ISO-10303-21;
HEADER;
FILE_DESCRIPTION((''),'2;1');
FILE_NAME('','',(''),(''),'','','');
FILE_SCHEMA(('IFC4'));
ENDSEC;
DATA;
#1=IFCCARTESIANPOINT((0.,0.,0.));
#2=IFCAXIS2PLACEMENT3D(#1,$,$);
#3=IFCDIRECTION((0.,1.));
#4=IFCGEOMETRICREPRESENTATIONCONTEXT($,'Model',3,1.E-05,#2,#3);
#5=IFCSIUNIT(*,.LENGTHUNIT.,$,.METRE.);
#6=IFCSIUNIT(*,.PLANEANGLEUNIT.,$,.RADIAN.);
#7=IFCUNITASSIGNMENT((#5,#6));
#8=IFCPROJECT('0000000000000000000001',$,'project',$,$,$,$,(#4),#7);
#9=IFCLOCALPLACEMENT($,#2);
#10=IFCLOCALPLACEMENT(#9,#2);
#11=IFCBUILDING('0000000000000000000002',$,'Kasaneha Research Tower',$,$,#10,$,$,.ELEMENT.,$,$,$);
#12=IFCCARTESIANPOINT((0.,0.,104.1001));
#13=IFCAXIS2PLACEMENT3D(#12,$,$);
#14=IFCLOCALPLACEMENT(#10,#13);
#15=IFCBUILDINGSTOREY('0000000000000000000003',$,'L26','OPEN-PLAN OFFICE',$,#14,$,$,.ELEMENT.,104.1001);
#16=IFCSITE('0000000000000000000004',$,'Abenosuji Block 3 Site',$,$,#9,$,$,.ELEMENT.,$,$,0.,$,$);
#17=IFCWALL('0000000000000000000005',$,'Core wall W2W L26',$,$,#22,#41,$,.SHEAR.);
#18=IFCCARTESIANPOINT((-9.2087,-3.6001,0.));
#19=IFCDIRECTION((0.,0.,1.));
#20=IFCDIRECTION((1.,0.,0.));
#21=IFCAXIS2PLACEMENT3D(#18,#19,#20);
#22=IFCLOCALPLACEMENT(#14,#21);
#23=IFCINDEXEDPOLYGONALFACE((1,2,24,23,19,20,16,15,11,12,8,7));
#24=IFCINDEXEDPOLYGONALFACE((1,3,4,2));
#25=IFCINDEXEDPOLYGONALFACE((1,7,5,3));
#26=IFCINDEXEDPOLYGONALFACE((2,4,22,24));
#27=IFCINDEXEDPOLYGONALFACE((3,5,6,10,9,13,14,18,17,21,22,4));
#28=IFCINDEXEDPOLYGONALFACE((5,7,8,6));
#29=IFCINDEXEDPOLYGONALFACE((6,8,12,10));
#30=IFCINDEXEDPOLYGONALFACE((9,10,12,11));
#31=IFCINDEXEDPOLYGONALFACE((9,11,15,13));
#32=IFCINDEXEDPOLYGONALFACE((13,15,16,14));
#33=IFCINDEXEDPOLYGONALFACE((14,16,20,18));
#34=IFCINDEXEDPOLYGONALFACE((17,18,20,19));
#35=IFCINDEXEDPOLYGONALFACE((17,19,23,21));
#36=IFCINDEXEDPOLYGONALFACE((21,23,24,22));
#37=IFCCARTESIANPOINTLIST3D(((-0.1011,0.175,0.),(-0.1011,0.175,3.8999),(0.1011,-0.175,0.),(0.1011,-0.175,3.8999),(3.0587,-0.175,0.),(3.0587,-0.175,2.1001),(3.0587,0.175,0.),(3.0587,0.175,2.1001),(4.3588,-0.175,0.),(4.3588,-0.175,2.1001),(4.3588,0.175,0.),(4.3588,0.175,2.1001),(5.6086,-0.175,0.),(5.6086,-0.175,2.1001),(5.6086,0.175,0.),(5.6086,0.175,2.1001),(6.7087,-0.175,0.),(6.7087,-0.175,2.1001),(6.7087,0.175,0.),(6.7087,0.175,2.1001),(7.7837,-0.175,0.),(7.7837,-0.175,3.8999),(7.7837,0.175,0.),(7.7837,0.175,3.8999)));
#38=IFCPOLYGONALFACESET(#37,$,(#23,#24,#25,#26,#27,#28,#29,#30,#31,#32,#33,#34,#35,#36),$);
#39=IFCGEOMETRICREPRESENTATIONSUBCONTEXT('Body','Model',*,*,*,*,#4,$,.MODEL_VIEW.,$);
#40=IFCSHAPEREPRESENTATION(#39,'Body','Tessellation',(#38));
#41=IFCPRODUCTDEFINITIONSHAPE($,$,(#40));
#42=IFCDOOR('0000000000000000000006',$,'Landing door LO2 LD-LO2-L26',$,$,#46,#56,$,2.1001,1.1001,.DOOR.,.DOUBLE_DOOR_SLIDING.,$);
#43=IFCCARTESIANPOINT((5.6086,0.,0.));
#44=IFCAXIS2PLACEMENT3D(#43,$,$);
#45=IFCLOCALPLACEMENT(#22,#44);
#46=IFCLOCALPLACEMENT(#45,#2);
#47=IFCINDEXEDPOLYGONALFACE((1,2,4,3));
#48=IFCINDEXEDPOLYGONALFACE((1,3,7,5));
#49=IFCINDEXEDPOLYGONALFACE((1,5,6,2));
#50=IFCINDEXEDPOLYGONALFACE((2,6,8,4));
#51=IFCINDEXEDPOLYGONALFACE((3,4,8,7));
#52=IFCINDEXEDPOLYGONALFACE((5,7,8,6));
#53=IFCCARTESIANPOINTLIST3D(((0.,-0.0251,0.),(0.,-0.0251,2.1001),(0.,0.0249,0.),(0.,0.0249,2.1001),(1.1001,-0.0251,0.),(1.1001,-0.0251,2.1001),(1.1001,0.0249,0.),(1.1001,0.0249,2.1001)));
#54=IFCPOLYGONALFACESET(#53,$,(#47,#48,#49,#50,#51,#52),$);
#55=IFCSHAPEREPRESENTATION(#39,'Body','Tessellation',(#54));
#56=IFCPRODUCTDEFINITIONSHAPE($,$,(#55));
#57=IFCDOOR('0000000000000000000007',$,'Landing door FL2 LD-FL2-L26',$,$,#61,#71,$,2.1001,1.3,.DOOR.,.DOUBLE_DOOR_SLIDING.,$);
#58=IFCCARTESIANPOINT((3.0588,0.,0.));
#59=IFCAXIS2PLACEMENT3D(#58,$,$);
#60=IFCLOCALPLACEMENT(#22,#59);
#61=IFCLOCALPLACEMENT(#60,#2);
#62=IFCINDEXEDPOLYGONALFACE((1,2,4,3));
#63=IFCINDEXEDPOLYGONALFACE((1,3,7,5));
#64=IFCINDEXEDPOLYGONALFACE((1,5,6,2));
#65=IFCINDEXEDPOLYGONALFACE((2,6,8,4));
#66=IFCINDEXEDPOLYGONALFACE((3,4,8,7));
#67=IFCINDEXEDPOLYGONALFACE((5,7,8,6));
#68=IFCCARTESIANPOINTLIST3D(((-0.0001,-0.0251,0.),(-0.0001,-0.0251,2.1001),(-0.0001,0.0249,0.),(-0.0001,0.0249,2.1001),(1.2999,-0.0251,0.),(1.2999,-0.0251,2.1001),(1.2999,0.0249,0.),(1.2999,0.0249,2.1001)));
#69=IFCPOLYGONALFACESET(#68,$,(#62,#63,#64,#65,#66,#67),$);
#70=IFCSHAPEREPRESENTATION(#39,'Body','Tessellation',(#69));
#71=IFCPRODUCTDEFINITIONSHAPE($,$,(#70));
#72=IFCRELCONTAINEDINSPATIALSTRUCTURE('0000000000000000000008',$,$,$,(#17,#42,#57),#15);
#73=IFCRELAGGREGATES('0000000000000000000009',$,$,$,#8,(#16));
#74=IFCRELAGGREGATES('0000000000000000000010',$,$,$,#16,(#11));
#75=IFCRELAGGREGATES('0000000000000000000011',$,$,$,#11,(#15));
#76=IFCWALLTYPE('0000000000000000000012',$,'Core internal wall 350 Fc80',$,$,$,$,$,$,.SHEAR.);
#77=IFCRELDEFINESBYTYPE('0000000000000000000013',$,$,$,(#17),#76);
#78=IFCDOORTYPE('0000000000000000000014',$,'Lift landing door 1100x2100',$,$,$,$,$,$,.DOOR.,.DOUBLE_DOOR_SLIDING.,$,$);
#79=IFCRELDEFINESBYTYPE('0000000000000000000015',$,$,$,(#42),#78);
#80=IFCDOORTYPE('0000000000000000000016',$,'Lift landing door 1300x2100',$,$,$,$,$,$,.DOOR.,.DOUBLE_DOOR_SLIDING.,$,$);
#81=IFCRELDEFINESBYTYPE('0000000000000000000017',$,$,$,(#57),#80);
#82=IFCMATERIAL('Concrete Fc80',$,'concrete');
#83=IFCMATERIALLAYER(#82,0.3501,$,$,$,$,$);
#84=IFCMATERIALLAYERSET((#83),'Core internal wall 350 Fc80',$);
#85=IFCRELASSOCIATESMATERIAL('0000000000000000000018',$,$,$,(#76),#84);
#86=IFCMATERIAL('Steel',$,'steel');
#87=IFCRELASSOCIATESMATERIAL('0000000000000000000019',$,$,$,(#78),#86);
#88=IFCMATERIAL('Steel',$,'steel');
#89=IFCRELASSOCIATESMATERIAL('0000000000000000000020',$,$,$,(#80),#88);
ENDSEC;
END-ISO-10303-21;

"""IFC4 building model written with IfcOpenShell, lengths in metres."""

from ifc_helpers import new_model, si_unit, direction, frame, frame_2d, origin, place, context, subcontext, project, spatial, polyline, rectangle, outline, extrude, material, layer, layer_set, type_object, element, fill, save


model = new_model("IFC4")

# Units and contexts
model_context = context("Model", 3, precision=1e-05, world=origin(), true_north=direction((0.0, 1.0)))
body_context = subcontext(model_context, "Body", "Model", "MODEL_VIEW")
ifc_project = project(units=[si_unit("LENGTHUNIT", "METRE"), si_unit("PLANEANGLEUNIT", "RADIAN")], contexts=[model_context])

# Site, building, storey
site_placement = place(None, origin())
site = spatial("IfcSite", under=ifc_project, at=site_placement, Name="Abenosuji Block 3 Site", CompositionType="ELEMENT", RefElevation=0.0)
building_placement = place(site_placement, origin())
building = spatial("IfcBuilding", under=site, at=building_placement, Name="Kasaneha Research Tower", CompositionType="ELEMENT")
storey_placement = place(building_placement, frame((0.0, 0.0, 104.1001)))
storey = spatial("IfcBuildingStorey", under=building, at=storey_placement, Name="L26", Description="OPEN-PLAN OFFICE", CompositionType="ELEMENT", Elevation=104.1001)

# Wall, openings, doors
ifc_material_1 = material(Name="Concrete Fc80", Category="concrete")
ifc_layer_1 = layer(ifc_material_1, 0.3501)
ifc_layer_set_1 = layer_set([ifc_layer_1], Name="Core internal wall 350 Fc80")
wall_type_1 = type_object("IfcWallType", Name="Core internal wall 350 Fc80", PredefinedType="SHEAR", material=ifc_layer_set_1)
wall_1_placement = place(storey_placement, frame((-9.2087, -3.6001, 0.0), z_axis=(0.0, 0.0, 1.0), x_axis=(1.0, 0.0, 0.0)))
wall_1 = element("IfcWall", 1, at=wall_1_placement, inside=storey, type_object=wall_type_1, Name="Core wall W2W L26", PredefinedType="SHEAR", context=body_context, shape_type="SweptSolid", body=[
    extrude(outline(polyline([(0.1011, -0.175), (3.0588, -0.175), (4.3589, -0.175), (5.6086, -0.175), (6.7087, -0.175), (7.7837, -0.175), (7.7837, 0.175), (6.7087, 0.175), (5.6086, 0.175), (4.3589, 0.175), (3.0588, 0.175), (-0.1011, 0.175), (0.1011, -0.175)])), origin(), (0.0, 0.0, 1.0), 3.8999),
])
opening_1_placement = place(wall_1_placement, frame((5.6086, 0.0, 0.0)))
opening_1 = element("IfcOpeningElement", 2, at=opening_1_placement, cuts=wall_1, PredefinedType="OPENING", context=body_context, shape_type="SweptSolid", body=[
    extrude(rectangle(XDim=1.1001, YDim=2.1001, at=frame_2d((0.55, 1.05))), frame((0.0, 0.1851, 0.0), z_axis=(0.0, -1.0, 0.0), x_axis=(1.0, 0.0, 0.0)), (0.0, 0.0, 1.0), 0.3701),
])
opening_2_placement = place(wall_1_placement, frame((3.0588, 0.0, 0.0)))
opening_2 = element("IfcOpeningElement", 3, at=opening_2_placement, cuts=wall_1, PredefinedType="OPENING", context=body_context, shape_type="SweptSolid", body=[
    extrude(rectangle(XDim=1.3, YDim=2.1001, at=frame_2d((0.6499, 1.05))), frame((0.0, 0.1851, 0.0), z_axis=(0.0, -1.0, 0.0), x_axis=(1.0, 0.0, 0.0)), (0.0, 0.0, 1.0), 0.3701),
])
ifc_material_2 = material(Name="Steel", Category="steel")
door_type_1 = type_object("IfcDoorType", Name="Lift landing door 1100x2100", OperationType="DOUBLE_DOOR_SLIDING", PredefinedType="DOOR", material=ifc_material_2)
door_1_placement = place(opening_1_placement, origin())
door_1 = element("IfcDoor", 4, at=door_1_placement, inside=storey, type_object=door_type_1, Name="Landing door LO2 LD-LO2-L26", OperationType="DOUBLE_DOOR_SLIDING", OverallHeight=2.1001, OverallWidth=1.1001, PredefinedType="DOOR", context=body_context, shape_type="SweptSolid", body=[
    extrude(rectangle(XDim=1.1001, YDim=2.1001, at=frame_2d((0.55, 1.05))), frame((0.0, 0.0249, 0.0), z_axis=(0.0, -1.0, 0.0), x_axis=(1.0, 0.0, 0.0)), (0.0, 0.0, 1.0), 0.05),
])
fill(opening_1, door_1)
ifc_material_3 = material(Name="Steel", Category="steel")
door_type_2 = type_object("IfcDoorType", Name="Lift landing door 1300x2100", OperationType="DOUBLE_DOOR_SLIDING", PredefinedType="DOOR", material=ifc_material_3)
door_2_placement = place(opening_2_placement, origin())
door_2 = element("IfcDoor", 5, at=door_2_placement, inside=storey, type_object=door_type_2, Name="Landing door FL2 LD-FL2-L26", OperationType="DOUBLE_DOOR_SLIDING", OverallHeight=2.1001, OverallWidth=1.3, PredefinedType="DOOR", context=body_context, shape_type="SweptSolid", body=[
    extrude(rectangle(XDim=1.3, YDim=2.1001, at=frame_2d((0.6499, 1.05))), frame((0.0, 0.0249, 0.0), z_axis=(0.0, -1.0, 0.0), x_axis=(1.0, 0.0, 0.0)), (0.0, 0.0, 1.0), 0.05),
])
fill(opening_2, door_2)

save(model, "model.ifc")
